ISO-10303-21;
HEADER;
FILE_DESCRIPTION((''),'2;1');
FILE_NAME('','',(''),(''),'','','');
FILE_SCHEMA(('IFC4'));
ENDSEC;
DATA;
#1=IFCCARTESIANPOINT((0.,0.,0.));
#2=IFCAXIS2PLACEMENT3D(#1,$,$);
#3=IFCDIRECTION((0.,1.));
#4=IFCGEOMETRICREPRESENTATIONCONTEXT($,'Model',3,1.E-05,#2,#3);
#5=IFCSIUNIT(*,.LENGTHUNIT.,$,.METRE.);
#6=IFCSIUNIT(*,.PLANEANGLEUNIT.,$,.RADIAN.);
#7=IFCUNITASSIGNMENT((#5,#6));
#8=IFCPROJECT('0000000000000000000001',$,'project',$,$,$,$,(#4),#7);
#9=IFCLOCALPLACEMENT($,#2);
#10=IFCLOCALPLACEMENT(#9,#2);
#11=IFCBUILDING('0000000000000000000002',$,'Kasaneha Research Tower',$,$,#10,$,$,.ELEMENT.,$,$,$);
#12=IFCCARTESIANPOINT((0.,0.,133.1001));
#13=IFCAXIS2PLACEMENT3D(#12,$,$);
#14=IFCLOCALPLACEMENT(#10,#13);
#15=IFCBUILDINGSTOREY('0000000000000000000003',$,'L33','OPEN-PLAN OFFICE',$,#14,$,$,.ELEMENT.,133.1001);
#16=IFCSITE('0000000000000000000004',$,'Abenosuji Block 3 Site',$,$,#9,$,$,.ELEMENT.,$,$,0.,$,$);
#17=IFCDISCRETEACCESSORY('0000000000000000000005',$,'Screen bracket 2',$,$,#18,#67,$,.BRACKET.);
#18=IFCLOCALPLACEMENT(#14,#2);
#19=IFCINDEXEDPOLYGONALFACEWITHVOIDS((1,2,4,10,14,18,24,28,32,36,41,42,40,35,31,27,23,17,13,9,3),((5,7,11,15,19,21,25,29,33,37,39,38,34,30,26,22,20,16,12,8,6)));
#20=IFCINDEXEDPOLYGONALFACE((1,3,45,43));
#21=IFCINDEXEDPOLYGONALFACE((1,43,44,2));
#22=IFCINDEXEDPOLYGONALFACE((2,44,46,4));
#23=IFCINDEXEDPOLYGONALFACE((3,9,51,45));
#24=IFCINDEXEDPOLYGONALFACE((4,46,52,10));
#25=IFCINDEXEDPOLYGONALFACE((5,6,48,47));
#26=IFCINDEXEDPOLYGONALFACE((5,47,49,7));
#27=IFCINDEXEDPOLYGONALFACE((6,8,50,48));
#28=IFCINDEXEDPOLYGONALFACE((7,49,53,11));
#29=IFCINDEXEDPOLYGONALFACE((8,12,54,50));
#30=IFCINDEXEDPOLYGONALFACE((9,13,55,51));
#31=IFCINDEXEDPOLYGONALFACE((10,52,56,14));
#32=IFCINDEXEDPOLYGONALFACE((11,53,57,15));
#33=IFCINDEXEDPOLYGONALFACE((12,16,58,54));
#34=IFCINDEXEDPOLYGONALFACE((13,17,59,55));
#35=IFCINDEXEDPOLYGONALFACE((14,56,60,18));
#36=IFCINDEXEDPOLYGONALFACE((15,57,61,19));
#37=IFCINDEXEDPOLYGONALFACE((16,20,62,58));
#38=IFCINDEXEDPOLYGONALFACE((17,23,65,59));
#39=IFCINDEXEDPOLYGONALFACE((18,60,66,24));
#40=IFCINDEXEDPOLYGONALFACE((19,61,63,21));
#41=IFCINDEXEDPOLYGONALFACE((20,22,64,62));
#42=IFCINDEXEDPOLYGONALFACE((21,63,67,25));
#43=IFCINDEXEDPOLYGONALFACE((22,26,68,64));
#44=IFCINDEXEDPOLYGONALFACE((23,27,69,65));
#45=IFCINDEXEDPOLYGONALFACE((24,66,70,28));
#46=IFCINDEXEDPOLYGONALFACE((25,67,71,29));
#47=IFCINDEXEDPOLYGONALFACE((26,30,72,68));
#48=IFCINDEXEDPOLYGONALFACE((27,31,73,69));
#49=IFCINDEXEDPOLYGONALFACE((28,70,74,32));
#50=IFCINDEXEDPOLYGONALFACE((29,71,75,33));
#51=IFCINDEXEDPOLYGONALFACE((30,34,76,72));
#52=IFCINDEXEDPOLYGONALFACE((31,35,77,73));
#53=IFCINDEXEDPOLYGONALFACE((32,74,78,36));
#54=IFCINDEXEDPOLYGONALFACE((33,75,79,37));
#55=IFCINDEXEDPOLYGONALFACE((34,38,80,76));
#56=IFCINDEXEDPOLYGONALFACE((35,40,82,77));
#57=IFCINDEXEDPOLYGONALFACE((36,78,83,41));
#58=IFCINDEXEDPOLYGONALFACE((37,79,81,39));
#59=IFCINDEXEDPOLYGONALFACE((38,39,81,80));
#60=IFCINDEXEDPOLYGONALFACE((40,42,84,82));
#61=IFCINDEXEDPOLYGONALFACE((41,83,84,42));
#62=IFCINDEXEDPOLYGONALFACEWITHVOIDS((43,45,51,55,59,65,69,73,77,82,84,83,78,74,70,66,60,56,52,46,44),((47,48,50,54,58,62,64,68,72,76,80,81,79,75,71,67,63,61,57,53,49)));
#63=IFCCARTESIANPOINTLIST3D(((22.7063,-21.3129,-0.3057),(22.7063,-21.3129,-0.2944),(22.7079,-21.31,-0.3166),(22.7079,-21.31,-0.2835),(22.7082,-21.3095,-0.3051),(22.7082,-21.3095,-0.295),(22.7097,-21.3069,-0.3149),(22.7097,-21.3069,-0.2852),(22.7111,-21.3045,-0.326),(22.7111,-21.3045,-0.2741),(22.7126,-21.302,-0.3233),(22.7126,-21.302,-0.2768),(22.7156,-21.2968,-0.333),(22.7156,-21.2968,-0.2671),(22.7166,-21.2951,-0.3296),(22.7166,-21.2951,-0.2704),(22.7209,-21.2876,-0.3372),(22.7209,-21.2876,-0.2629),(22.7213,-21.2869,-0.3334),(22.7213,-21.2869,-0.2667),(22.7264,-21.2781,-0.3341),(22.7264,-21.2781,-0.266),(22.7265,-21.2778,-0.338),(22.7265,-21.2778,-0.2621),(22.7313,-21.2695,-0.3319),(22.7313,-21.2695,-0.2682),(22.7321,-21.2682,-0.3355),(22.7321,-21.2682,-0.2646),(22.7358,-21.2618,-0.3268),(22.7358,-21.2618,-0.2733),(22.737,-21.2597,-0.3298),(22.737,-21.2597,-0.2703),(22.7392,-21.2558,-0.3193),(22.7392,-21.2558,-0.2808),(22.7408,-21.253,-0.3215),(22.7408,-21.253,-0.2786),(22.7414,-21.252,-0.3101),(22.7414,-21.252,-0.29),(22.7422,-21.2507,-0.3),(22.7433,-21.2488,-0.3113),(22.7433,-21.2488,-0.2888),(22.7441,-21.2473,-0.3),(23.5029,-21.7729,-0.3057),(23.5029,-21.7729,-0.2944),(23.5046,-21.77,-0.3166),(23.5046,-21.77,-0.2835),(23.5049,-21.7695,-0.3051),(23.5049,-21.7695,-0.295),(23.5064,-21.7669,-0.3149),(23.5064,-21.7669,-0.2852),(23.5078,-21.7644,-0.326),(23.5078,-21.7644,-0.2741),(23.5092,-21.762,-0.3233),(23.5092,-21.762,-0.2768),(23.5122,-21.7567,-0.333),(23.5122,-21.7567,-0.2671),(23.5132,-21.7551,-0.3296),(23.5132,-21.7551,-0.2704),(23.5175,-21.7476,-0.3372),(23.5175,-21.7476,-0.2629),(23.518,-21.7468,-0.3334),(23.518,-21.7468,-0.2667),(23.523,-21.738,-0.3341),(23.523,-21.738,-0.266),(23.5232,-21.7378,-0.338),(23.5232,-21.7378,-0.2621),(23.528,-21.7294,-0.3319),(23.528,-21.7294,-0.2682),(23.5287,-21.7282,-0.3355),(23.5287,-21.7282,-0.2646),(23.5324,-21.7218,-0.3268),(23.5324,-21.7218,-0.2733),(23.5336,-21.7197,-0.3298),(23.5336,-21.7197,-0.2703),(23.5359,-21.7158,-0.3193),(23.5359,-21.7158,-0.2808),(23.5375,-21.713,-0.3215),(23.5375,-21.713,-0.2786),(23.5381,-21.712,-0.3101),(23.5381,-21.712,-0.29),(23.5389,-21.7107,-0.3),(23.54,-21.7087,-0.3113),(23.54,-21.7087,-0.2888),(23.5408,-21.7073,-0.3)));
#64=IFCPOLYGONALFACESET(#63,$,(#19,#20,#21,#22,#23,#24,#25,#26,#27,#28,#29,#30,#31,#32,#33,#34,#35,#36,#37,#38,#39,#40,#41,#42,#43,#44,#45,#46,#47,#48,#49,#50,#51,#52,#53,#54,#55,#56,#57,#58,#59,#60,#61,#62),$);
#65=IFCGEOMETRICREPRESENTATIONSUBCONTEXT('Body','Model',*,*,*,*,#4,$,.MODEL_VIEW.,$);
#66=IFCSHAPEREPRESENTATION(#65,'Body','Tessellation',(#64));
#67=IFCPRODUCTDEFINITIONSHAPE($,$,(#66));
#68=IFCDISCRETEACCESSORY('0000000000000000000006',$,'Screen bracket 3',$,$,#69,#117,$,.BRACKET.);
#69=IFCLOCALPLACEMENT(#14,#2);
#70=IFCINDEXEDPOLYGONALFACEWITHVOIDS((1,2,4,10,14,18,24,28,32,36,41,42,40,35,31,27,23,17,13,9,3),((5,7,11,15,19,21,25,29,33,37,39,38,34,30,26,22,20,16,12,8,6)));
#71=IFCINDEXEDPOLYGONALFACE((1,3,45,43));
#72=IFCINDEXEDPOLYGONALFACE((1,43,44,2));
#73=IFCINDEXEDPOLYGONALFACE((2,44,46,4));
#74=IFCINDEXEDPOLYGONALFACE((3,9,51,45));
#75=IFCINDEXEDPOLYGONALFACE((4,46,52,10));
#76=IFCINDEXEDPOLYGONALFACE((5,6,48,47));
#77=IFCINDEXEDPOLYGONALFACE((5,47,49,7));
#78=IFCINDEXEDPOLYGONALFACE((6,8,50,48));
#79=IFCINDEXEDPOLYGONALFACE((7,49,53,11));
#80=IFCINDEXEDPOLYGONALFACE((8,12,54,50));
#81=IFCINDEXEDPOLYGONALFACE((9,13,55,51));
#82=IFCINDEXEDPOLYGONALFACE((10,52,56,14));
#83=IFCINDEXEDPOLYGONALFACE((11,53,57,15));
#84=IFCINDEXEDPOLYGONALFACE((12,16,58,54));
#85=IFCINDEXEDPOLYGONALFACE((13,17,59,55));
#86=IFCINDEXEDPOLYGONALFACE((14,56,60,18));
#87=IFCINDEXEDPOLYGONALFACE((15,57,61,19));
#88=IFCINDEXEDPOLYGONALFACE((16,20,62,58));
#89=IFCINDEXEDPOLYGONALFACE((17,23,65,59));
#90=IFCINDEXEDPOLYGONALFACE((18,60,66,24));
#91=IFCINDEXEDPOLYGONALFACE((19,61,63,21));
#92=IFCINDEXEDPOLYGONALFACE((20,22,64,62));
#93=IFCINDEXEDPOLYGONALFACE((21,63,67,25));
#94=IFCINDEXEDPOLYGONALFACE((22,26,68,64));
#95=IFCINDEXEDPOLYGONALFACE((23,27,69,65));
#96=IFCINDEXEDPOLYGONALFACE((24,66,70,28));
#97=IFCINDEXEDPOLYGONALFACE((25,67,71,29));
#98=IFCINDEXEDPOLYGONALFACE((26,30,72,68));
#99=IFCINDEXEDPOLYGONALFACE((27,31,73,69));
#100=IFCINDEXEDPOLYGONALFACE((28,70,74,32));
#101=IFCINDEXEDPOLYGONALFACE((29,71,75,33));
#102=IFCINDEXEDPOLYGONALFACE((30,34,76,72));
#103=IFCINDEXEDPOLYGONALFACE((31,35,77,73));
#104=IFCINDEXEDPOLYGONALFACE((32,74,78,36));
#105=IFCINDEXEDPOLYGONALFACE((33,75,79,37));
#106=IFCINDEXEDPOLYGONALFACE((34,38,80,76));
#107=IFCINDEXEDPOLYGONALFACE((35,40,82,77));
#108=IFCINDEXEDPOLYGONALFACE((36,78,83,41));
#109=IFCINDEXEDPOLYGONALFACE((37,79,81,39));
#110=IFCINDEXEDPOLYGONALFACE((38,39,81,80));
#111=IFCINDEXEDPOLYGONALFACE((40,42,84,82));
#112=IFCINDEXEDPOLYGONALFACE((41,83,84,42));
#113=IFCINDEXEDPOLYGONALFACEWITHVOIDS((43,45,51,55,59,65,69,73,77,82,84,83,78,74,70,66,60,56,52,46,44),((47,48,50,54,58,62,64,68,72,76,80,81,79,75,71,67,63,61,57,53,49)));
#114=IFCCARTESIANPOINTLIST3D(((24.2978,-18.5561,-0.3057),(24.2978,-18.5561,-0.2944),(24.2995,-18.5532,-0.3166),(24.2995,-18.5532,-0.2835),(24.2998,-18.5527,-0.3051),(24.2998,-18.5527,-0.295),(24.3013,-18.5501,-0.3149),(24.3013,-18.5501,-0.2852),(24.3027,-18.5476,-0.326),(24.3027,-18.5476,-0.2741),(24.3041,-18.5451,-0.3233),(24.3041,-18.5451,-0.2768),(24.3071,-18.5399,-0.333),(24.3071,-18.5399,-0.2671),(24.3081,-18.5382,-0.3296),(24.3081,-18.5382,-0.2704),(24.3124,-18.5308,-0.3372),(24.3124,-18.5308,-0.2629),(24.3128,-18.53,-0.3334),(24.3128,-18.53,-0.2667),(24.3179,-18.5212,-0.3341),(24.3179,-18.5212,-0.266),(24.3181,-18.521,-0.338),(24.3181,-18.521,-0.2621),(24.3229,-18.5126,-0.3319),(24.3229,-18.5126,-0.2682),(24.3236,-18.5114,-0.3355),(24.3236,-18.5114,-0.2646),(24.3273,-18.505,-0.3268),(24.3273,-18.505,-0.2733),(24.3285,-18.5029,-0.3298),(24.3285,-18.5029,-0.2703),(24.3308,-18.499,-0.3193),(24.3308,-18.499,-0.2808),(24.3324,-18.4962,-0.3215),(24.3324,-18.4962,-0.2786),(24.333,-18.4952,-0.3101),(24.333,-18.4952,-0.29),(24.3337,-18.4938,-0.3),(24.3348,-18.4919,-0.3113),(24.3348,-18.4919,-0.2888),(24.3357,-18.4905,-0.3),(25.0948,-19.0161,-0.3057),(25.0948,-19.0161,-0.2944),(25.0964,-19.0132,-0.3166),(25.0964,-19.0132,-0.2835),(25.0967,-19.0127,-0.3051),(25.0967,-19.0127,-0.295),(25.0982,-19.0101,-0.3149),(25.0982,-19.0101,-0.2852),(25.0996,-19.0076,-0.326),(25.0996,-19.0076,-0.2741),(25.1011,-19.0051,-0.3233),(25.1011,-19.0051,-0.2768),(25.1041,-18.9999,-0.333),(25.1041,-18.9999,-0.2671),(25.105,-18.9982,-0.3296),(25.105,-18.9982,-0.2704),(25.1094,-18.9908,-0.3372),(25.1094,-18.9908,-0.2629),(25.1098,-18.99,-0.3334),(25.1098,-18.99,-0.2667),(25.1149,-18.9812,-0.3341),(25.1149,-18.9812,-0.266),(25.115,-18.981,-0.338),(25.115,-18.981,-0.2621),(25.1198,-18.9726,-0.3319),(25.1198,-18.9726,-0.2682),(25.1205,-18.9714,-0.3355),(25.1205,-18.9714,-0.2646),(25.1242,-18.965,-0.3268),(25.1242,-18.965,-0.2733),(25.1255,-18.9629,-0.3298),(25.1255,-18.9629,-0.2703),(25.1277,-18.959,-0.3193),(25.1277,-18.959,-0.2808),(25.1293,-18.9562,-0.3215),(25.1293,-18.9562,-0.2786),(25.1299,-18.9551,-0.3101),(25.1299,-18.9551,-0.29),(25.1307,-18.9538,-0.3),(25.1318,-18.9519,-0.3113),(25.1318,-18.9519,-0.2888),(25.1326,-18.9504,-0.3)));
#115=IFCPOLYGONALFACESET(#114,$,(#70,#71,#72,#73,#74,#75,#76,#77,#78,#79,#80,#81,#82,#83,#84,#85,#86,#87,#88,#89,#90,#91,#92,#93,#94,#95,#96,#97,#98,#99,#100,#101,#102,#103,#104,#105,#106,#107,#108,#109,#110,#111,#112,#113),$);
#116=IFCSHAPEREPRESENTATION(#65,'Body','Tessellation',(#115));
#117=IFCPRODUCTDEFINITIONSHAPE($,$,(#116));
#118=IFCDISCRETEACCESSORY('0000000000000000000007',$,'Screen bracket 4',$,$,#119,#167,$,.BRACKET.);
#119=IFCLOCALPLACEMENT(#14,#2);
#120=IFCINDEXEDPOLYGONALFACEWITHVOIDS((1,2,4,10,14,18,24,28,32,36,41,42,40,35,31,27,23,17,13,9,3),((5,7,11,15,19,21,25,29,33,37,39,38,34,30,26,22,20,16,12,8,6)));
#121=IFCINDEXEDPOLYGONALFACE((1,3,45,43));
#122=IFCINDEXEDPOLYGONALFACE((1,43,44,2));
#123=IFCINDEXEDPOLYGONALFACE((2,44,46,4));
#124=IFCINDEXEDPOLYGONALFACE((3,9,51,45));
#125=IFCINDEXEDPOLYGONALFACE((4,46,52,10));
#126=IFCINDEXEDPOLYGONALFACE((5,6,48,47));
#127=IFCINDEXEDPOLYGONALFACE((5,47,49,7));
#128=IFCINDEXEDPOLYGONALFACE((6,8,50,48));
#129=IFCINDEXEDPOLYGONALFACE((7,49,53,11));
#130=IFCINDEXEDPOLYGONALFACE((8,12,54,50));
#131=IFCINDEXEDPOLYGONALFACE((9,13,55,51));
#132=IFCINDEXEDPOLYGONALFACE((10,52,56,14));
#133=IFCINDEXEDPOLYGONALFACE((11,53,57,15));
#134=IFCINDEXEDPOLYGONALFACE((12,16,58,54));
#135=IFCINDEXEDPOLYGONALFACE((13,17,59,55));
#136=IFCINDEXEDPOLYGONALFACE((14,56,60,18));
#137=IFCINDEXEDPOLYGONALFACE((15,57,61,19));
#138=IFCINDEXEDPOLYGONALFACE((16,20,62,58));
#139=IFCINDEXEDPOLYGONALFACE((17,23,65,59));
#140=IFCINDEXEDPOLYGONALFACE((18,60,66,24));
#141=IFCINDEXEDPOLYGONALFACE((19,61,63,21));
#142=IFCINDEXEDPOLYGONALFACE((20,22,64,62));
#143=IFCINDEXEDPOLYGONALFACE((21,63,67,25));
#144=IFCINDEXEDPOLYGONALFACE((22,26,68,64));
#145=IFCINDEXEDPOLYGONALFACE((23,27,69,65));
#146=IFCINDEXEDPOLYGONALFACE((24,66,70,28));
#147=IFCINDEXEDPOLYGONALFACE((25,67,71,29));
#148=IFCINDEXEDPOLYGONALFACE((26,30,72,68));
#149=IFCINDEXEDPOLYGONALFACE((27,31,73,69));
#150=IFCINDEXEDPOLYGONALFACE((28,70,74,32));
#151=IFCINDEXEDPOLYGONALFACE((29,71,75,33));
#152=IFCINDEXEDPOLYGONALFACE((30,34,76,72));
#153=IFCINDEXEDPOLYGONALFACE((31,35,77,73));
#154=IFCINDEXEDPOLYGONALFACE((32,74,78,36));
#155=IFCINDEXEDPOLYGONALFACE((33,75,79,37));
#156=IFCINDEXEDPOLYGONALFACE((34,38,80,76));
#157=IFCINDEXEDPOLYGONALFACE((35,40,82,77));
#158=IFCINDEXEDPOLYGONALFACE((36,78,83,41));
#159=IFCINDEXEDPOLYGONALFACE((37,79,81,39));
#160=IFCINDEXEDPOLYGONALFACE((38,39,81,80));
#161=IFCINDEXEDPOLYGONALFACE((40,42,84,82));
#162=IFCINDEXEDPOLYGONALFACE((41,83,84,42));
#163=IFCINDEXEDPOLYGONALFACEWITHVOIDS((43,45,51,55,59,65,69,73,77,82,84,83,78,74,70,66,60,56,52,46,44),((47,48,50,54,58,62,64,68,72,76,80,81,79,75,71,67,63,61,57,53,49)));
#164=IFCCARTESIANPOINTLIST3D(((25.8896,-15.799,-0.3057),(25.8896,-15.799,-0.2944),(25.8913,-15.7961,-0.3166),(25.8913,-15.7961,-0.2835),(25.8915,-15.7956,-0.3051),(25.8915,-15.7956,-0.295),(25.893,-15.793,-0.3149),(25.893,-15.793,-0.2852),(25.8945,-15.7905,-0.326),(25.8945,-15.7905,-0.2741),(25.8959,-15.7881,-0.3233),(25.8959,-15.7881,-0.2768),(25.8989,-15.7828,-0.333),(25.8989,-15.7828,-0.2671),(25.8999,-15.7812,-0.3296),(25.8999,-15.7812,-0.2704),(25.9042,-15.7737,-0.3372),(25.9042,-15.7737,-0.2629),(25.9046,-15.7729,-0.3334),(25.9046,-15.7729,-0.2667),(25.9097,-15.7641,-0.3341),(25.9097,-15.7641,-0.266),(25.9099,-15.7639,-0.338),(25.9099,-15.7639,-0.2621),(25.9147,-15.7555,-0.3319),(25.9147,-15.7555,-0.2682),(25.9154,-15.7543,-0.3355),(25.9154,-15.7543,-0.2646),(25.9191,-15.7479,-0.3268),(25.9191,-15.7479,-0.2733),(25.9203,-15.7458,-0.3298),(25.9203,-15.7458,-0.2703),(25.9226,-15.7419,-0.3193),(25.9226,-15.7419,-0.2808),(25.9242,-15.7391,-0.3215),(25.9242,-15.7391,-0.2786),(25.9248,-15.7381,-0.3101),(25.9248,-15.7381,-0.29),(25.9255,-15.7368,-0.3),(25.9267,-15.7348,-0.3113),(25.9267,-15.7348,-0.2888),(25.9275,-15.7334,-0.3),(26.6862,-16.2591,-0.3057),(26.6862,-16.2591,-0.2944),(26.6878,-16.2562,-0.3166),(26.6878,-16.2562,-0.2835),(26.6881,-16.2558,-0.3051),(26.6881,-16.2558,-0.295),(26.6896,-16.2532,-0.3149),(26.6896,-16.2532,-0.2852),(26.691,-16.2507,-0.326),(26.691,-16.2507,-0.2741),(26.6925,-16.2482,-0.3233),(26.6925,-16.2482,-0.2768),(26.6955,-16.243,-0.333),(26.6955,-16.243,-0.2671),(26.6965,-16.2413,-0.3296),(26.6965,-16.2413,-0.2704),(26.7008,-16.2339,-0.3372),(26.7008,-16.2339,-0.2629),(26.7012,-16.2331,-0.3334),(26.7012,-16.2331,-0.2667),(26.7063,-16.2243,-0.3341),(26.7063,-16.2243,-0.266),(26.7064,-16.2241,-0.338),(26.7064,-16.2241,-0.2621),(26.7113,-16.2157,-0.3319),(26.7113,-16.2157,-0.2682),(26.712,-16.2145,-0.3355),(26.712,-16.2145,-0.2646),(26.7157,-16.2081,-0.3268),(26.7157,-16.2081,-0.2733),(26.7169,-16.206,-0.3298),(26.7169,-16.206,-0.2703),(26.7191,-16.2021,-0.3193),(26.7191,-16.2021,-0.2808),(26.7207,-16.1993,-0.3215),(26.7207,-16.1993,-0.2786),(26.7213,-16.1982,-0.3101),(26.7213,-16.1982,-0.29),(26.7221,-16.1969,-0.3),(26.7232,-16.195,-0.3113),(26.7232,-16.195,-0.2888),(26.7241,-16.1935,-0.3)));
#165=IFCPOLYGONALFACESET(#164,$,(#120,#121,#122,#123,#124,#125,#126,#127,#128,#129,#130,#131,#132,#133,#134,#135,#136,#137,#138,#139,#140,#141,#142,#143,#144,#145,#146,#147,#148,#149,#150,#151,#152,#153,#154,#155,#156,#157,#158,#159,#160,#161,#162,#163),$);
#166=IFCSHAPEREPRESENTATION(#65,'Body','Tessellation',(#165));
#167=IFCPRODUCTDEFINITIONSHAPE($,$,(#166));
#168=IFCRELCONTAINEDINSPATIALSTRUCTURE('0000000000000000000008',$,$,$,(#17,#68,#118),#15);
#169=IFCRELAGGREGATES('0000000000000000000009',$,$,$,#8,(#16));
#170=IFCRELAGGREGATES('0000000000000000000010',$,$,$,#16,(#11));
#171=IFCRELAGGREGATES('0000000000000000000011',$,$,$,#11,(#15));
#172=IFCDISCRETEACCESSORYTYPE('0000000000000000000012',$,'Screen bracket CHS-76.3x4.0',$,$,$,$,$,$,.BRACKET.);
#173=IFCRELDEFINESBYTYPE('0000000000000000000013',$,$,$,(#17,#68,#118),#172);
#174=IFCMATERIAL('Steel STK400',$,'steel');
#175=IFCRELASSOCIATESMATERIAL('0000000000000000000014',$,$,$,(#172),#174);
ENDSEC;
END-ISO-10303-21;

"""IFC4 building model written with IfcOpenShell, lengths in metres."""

from ifc_helpers import new_model, si_unit, direction, frame, origin, origin_2d, place, context, subcontext, project, spatial, hollow_circle, extrude, material, material_profile, profile_set, type_object, element, save


model = new_model("IFC4")

# Units and contexts
model_context = context("Model", 3, precision=1e-05, world=origin(), true_north=direction((0.0, 1.0)))
body_context = subcontext(model_context, "Body", "Model", "MODEL_VIEW")
ifc_project = project(units=[si_unit("LENGTHUNIT", "METRE"), si_unit("PLANEANGLEUNIT", "RADIAN")], contexts=[model_context])

# Site, building, storey
site_placement = place(None, origin())
site = spatial("IfcSite", under=ifc_project, at=site_placement, Name="Abenosuji Block 3 Site", CompositionType="ELEMENT", RefElevation=0.0)
building_placement = place(site_placement, origin())
building = spatial("IfcBuilding", under=site, at=building_placement, Name="Kasaneha Research Tower", CompositionType="ELEMENT")
storey_placement = place(building_placement, frame((0.0, 0.0, 133.1001)))
storey = spatial("IfcBuildingStorey", under=building, at=storey_placement, Name="L33", Description="OPEN-PLAN OFFICE", CompositionType="ELEMENT", Elevation=133.1001)

# Discrete accessories
ifc_material_1 = material(Name="Steel STK400", Category="steel")
ifc_material_profile_1 = material_profile(ifc_material_1, hollow_circle(Radius=0.0381, WallThickness=0.0039, at=origin_2d()), Name="CHS-76.3x4.0")
ifc_profile_set_1 = profile_set([ifc_material_profile_1], Name="Steel STK400")
discrete_accessory_type = type_object("IfcDiscreteAccessoryType", Name="Screen bracket CHS-76.3x4.0", PredefinedType="BRACKET", material=ifc_profile_set_1)
discrete_accessory_1_placement = place(storey_placement, frame((22.7251, -21.2803, -0.3), z_axis=(0.866013, -0.500021, 0.0), x_axis=(0.500021, 0.866013, 0.0)))
element("IfcDiscreteAccessory", 1, at=discrete_accessory_1_placement, inside=storey, type_object=discrete_accessory_type, Name="Screen bracket 2", PredefinedType="BRACKET", context=body_context, shape_type="SweptSolid", body=[
    extrude(hollow_circle(Radius=0.0381, WallThickness=0.0039, at=origin_2d()), origin(), (0.0, 0.0, 1.0), 0.9199),
])
discrete_accessory_2_placement = place(storey_placement, frame((24.3167, -18.5234, -0.3), z_axis=(0.86608, -0.499906, 0.0), x_axis=(0.499906, 0.86608, 0.0)))
element("IfcDiscreteAccessory", 2, at=discrete_accessory_2_placement, inside=storey, type_object=discrete_accessory_type, Name="Screen bracket 3", PredefinedType="BRACKET", context=body_context, shape_type="SweptSolid", body=[
    extrude(hollow_circle(Radius=0.0381, WallThickness=0.0039, at=origin_2d()), origin(), (0.0, 0.0, 1.0), 0.9202),
])
for number, where, z_axis, x_axis, name in (
    (3, (25.9084, -15.7664, -0.3), (0.865898, -0.50022, 0.0), (0.50022, 0.865898, 0.0), "Screen bracket 4"),
):
    element("IfcDiscreteAccessory", number, at=place(storey_placement, frame(where, z_axis=z_axis, x_axis=x_axis)), inside=storey, type_object=discrete_accessory_type, Name=name, PredefinedType="BRACKET", context=body_context, shape_type="SweptSolid", body=[
        extrude(hollow_circle(Radius=0.0381, WallThickness=0.0039, at=origin_2d()), origin(), (0.0, 0.0, 1.0), 0.9199),
    ])

save(model, "model.ifc")
